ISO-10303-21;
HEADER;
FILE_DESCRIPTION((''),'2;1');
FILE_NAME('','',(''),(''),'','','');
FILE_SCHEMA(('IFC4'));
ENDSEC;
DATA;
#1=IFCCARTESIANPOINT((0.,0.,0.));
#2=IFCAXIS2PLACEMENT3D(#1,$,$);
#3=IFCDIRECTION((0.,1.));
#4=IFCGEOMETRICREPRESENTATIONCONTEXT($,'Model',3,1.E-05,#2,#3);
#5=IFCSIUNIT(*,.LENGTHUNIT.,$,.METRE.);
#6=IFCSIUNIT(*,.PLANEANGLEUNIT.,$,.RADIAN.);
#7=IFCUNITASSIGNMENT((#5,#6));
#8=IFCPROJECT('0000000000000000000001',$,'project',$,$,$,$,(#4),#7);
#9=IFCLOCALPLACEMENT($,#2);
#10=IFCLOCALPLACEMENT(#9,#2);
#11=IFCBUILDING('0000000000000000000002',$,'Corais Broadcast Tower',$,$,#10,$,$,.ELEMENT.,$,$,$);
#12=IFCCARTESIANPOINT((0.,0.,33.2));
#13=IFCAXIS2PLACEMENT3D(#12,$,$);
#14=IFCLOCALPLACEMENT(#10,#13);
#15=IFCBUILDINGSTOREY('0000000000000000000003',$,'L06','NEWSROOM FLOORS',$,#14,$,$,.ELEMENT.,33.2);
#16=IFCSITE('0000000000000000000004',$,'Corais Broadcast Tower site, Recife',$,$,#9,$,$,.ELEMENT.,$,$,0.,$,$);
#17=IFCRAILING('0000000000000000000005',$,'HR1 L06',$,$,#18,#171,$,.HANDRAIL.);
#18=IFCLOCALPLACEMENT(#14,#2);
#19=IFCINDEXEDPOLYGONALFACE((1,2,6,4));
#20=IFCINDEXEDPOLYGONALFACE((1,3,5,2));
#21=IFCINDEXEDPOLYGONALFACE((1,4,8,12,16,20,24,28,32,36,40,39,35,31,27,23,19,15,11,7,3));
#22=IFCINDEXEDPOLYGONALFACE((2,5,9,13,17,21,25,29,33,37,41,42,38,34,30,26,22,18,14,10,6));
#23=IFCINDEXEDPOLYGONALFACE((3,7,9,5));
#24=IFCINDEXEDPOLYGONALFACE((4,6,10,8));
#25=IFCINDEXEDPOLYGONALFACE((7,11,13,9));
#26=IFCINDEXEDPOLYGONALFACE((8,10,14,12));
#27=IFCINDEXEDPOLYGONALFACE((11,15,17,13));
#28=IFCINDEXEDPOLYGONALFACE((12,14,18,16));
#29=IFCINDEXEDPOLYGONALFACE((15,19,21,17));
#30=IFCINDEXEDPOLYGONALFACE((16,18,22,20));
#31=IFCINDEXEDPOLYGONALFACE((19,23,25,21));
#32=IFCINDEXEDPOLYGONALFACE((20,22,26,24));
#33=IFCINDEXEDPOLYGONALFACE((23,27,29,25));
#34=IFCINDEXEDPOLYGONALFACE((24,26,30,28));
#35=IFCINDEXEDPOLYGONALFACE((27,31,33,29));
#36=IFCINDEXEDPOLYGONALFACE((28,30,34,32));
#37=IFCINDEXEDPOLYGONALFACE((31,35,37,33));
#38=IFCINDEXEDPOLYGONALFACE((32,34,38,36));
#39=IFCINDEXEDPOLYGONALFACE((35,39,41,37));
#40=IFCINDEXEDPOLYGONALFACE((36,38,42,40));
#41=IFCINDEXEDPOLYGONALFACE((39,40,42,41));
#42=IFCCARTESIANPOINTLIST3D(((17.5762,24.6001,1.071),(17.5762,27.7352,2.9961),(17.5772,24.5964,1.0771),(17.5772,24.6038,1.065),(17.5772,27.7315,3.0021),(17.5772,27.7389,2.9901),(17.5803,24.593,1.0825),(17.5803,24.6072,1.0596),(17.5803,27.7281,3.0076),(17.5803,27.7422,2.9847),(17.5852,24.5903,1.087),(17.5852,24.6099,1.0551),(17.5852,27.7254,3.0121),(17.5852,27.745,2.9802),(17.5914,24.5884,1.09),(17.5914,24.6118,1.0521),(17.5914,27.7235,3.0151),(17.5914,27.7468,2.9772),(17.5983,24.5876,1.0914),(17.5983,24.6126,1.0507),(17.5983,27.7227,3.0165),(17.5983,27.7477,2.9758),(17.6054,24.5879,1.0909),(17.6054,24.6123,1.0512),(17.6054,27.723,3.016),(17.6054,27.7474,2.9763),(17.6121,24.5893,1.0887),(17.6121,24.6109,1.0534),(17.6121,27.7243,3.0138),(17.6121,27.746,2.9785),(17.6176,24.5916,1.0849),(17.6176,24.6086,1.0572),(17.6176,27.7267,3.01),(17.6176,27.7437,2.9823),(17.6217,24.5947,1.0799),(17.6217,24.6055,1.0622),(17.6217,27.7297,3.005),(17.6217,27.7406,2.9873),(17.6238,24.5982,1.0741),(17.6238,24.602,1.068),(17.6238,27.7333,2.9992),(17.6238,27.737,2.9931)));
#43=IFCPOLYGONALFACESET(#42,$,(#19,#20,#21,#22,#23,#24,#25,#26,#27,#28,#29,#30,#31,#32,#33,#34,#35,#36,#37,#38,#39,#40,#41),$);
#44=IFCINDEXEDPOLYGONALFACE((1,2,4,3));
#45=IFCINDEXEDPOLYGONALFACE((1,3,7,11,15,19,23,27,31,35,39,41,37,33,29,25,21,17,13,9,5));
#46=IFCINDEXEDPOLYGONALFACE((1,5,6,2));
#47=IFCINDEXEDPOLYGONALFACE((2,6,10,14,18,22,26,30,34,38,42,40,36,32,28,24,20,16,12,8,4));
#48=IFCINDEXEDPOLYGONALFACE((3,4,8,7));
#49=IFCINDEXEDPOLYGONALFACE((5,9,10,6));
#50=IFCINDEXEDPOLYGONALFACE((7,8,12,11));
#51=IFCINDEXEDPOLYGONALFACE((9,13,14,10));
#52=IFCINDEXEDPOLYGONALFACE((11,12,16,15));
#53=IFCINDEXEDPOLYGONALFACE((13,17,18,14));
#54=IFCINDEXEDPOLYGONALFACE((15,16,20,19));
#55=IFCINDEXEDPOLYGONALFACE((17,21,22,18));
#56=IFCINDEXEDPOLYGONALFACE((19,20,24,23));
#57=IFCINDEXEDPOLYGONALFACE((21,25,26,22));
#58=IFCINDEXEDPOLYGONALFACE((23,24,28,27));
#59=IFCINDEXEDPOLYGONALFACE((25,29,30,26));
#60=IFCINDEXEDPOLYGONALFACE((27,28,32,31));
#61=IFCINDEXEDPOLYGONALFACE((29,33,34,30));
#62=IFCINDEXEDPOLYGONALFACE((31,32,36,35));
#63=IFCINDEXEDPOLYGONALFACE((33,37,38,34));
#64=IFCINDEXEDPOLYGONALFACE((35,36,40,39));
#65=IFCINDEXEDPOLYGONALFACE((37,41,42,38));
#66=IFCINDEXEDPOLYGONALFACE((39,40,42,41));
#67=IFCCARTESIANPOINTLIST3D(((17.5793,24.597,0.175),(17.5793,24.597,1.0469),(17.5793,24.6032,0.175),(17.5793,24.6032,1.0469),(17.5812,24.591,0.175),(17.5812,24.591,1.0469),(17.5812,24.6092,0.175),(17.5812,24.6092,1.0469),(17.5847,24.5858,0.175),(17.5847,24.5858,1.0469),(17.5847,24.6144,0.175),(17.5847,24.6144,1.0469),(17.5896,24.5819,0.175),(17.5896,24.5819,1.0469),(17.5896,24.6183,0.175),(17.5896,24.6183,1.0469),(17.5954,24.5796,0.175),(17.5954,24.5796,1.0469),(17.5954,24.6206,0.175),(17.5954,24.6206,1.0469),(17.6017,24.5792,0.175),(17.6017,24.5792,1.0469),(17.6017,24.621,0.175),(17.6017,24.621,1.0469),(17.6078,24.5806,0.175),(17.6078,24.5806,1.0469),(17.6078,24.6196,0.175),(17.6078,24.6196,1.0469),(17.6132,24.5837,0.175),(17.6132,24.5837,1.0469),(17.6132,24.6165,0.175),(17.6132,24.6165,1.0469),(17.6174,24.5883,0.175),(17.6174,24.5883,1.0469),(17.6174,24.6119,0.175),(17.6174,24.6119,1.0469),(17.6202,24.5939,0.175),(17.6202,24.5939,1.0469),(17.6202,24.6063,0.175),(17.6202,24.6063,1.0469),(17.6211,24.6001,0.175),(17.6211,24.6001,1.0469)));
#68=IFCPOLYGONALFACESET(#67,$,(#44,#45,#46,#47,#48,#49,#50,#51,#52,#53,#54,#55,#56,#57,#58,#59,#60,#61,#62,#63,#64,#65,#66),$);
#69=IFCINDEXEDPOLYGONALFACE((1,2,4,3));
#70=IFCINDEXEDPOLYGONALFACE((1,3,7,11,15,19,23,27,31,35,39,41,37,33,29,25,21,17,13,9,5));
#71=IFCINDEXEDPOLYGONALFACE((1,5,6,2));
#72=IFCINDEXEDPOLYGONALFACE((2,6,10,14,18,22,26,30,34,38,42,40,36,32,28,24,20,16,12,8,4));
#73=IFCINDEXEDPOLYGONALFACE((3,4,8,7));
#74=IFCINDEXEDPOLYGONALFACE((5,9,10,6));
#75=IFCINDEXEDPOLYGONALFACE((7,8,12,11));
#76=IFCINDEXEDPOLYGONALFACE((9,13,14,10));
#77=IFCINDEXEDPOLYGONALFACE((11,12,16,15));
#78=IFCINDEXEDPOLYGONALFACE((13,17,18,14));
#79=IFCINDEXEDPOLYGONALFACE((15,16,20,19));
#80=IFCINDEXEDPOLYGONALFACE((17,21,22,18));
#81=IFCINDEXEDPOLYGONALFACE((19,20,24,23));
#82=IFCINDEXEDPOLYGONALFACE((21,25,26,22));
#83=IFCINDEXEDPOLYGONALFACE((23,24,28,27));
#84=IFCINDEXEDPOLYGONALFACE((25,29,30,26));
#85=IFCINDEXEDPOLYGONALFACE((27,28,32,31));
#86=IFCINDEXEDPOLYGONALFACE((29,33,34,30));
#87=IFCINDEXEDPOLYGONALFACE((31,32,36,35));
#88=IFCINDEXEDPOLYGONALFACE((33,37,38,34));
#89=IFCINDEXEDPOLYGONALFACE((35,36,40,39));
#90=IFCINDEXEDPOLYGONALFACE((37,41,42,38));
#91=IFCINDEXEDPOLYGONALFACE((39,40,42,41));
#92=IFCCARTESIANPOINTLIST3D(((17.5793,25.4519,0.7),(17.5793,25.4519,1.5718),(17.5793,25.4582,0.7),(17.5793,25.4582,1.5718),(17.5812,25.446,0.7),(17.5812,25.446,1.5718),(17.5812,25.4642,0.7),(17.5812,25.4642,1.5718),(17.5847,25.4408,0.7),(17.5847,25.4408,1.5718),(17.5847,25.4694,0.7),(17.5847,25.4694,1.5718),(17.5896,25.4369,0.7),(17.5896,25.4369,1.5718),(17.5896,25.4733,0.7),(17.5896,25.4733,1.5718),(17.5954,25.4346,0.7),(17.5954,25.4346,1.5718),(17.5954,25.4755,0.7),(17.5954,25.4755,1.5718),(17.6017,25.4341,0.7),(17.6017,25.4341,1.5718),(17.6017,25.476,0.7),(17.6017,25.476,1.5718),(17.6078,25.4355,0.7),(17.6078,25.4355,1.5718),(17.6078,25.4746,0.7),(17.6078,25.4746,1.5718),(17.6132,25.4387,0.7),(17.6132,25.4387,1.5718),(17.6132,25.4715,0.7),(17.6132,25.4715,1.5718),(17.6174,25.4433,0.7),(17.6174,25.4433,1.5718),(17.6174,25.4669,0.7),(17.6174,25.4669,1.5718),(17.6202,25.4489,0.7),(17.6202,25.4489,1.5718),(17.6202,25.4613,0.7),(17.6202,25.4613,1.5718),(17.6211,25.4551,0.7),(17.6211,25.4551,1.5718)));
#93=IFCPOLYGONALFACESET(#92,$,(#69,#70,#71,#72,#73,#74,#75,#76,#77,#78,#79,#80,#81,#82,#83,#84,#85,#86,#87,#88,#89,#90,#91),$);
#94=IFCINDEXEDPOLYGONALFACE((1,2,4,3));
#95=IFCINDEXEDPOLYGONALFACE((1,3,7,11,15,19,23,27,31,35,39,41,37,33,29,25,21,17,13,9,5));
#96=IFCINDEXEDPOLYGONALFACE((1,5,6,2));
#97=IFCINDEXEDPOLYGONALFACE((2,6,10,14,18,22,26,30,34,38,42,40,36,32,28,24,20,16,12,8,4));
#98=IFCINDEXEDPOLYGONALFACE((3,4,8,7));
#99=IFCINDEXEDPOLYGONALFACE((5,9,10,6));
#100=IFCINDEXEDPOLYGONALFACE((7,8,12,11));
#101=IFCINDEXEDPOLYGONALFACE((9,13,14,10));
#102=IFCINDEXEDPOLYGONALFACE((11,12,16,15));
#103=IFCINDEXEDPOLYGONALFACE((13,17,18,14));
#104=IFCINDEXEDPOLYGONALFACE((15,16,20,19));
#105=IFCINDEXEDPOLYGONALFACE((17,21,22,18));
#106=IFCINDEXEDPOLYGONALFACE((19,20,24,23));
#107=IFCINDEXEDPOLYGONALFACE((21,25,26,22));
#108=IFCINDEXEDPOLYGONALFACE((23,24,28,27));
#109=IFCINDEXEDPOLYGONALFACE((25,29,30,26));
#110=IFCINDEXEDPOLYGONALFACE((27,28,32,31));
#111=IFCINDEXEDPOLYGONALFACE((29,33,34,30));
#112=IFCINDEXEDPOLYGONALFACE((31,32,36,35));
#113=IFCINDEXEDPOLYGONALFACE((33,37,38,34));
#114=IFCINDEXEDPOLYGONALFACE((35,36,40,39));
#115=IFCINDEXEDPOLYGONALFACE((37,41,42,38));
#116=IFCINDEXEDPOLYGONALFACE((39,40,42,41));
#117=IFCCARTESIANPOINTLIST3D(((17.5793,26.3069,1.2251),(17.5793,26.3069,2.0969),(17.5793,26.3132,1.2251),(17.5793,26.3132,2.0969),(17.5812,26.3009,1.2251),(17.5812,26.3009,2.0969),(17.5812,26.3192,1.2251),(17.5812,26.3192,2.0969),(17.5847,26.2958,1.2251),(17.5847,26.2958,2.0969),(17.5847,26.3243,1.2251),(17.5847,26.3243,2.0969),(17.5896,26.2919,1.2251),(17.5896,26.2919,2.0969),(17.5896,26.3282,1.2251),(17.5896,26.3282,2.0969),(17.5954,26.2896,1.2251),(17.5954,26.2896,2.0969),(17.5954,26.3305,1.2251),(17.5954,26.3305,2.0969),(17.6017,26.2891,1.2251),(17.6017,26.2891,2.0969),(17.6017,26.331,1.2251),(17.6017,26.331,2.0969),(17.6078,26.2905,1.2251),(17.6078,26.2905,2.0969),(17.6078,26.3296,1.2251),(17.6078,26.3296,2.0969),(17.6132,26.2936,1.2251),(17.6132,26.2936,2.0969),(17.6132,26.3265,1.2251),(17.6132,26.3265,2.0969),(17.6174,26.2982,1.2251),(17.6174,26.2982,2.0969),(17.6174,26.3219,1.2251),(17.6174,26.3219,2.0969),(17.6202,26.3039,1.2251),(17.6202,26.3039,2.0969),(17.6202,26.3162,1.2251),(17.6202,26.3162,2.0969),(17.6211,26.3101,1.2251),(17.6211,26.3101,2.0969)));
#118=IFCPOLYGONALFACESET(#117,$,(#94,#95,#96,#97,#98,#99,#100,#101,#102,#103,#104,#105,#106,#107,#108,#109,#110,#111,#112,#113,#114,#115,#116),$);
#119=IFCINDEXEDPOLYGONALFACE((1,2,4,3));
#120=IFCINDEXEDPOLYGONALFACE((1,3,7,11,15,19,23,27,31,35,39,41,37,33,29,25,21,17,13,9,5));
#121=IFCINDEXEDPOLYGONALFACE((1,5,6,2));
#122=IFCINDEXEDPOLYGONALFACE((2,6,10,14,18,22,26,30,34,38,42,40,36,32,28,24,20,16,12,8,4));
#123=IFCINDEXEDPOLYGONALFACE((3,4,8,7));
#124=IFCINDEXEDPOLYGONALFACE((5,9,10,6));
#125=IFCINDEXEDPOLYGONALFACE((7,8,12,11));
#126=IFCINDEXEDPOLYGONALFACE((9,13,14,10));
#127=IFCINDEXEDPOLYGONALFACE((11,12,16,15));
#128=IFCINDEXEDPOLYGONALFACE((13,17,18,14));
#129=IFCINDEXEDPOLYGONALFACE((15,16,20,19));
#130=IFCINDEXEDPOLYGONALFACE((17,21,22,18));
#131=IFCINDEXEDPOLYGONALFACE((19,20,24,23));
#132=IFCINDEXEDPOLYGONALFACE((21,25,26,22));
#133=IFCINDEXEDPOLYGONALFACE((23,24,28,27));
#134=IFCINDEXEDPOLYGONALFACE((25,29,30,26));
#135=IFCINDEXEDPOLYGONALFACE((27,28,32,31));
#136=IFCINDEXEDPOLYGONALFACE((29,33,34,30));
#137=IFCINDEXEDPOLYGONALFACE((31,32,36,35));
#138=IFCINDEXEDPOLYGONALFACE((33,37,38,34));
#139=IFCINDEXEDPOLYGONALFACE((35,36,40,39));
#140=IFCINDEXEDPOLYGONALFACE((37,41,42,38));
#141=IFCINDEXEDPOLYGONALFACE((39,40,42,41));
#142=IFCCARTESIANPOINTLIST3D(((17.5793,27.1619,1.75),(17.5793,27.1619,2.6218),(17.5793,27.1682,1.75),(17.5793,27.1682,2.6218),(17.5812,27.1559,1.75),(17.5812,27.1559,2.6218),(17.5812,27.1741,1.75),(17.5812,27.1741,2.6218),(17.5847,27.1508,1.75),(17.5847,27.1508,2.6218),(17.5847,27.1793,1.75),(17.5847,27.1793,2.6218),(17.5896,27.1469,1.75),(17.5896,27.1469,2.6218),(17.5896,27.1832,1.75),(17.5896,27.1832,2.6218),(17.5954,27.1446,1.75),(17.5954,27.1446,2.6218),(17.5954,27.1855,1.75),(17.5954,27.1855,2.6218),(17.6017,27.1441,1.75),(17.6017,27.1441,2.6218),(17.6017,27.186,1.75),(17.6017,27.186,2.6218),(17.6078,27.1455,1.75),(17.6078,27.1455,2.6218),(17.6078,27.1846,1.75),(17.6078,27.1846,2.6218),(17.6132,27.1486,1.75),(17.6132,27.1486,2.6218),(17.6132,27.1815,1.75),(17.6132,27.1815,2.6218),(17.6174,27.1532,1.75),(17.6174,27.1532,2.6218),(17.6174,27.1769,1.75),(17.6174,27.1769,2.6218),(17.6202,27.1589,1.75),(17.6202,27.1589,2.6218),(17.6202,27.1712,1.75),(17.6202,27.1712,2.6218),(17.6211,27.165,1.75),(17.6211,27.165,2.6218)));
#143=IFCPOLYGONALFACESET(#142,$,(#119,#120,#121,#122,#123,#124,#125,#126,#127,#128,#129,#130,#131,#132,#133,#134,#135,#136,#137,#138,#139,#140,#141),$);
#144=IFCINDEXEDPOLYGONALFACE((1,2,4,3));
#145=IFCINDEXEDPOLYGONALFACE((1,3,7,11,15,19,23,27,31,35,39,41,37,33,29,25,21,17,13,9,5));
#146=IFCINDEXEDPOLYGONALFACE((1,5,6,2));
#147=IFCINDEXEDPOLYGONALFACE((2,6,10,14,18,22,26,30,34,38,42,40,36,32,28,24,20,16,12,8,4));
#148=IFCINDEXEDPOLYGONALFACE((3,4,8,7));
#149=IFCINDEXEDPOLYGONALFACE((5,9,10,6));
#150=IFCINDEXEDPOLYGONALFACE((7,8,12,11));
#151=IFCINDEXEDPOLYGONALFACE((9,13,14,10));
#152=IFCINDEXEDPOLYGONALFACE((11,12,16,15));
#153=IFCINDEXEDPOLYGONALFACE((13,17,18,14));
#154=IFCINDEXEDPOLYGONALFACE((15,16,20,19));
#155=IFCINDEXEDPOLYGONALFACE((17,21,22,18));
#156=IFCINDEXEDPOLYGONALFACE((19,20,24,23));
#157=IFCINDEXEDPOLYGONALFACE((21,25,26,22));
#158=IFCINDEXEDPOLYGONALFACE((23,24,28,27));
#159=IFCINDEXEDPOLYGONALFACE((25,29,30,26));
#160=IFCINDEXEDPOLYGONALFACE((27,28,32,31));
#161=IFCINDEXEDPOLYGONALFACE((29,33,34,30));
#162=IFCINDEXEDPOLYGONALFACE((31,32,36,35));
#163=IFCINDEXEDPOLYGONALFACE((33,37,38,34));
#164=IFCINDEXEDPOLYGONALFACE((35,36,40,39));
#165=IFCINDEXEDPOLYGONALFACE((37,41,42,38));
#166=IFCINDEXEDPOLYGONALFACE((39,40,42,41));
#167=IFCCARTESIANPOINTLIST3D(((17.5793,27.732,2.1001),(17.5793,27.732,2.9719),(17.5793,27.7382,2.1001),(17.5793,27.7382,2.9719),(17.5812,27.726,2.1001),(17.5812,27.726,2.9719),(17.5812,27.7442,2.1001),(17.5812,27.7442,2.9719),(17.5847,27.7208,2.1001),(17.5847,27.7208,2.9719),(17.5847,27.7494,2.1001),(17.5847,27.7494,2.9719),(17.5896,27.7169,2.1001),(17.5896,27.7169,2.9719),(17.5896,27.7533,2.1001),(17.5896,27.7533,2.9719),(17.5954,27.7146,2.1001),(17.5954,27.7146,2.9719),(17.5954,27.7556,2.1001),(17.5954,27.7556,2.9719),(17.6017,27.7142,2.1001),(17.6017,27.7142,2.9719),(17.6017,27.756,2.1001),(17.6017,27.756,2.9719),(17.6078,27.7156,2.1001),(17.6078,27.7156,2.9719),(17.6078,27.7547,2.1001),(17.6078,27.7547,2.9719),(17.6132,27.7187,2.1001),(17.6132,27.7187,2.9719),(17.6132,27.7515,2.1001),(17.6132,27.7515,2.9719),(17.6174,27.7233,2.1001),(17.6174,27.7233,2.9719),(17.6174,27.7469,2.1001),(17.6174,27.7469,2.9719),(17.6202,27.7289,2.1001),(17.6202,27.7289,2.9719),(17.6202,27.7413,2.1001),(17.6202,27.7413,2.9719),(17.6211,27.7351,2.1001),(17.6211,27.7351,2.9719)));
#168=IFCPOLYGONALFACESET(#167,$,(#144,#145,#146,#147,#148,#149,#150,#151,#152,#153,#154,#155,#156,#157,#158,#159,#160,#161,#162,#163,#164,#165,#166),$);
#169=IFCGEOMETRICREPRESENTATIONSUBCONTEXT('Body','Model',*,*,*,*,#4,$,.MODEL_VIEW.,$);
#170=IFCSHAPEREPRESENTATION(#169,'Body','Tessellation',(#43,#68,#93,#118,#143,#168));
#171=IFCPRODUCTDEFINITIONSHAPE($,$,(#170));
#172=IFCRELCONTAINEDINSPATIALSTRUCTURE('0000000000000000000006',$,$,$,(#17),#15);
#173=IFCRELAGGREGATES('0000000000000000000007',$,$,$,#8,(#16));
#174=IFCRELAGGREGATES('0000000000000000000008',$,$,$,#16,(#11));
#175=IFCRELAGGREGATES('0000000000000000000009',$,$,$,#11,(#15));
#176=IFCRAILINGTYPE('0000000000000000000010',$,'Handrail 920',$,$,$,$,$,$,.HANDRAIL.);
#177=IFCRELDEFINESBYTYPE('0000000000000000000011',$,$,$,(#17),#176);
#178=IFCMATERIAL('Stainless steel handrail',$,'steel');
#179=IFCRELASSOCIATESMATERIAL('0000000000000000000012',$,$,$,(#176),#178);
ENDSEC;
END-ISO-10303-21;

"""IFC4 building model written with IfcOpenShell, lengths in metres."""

from ifc_helpers import new_model, si_unit, direction, frame, origin, origin_2d, place, context, subcontext, project, spatial, circle, extrude, material, type_object, element, save


model = new_model("IFC4")

# Units and contexts
model_context = context("Model", 3, precision=1e-05, world=origin(), true_north=direction((0.0, 1.0)))
body_context = subcontext(model_context, "Body", "Model", "MODEL_VIEW")
ifc_project = project(units=[si_unit("LENGTHUNIT", "METRE"), si_unit("PLANEANGLEUNIT", "RADIAN")], contexts=[model_context])

# Site, building, storey
site_placement = place(None, origin())
site = spatial("IfcSite", under=ifc_project, at=site_placement, Name="Corais Broadcast Tower site, Recife", CompositionType="ELEMENT", RefElevation=0.0)
building_placement = place(site_placement, origin())
building = spatial("IfcBuilding", under=site, at=building_placement, Name="Corais Broadcast Tower", CompositionType="ELEMENT")
storey_placement = place(building_placement, frame((0.0, 0.0, 33.2)))
storey = spatial("IfcBuildingStorey", under=building, at=storey_placement, Name="L06", Description="NEWSROOM FLOORS", CompositionType="ELEMENT", Elevation=33.2)

# Railing
ifc_material_1 = material(Name="Stainless steel handrail", Category="steel")
railing_type = type_object("IfcRailingType", Name="Handrail 920", PredefinedType="HANDRAIL", material=ifc_material_1)
for number, where, name in (
    (1, (17.6001, 24.6001, 0.175), "HR1 L06"),
):
    element("IfcRailing", number, at=place(storey_placement, frame(where)), inside=storey, type_object=railing_type, Name=name, PredefinedType="HANDRAIL", context=body_context, shape_type="SweptSolid", body=[
        extrude(circle(Radius=0.0239, at=origin_2d()), frame((0.0, 0.0, 0.896), z_axis=(0.0, 0.852166, 0.523271), x_axis=(-1.0, 0.0, 0.0)), (0.0, 0.0, 1.0), 3.679),
        extrude(circle(Radius=0.021, at=origin_2d()), origin(), (0.0, 0.0, 1.0), 0.8718),
        extrude(circle(Radius=0.021, at=origin_2d()), frame((0.0, 0.855, 0.5249)), (0.0, 0.0, 1.0), 0.8718),
        extrude(circle(Radius=0.021, at=origin_2d()), frame((0.0, 1.71, 1.05)), (0.0, 0.0, 1.0), 0.8718),
        extrude(circle(Radius=0.021, at=origin_2d()), frame((0.0, 2.5649, 1.575)), (0.0, 0.0, 1.0), 0.8718),
        extrude(circle(Radius=0.021, at=origin_2d()), frame((0.0, 3.135, 1.925)), (0.0, 0.0, 1.0), 0.8718),
    ])

save(model, "model.ifc")
